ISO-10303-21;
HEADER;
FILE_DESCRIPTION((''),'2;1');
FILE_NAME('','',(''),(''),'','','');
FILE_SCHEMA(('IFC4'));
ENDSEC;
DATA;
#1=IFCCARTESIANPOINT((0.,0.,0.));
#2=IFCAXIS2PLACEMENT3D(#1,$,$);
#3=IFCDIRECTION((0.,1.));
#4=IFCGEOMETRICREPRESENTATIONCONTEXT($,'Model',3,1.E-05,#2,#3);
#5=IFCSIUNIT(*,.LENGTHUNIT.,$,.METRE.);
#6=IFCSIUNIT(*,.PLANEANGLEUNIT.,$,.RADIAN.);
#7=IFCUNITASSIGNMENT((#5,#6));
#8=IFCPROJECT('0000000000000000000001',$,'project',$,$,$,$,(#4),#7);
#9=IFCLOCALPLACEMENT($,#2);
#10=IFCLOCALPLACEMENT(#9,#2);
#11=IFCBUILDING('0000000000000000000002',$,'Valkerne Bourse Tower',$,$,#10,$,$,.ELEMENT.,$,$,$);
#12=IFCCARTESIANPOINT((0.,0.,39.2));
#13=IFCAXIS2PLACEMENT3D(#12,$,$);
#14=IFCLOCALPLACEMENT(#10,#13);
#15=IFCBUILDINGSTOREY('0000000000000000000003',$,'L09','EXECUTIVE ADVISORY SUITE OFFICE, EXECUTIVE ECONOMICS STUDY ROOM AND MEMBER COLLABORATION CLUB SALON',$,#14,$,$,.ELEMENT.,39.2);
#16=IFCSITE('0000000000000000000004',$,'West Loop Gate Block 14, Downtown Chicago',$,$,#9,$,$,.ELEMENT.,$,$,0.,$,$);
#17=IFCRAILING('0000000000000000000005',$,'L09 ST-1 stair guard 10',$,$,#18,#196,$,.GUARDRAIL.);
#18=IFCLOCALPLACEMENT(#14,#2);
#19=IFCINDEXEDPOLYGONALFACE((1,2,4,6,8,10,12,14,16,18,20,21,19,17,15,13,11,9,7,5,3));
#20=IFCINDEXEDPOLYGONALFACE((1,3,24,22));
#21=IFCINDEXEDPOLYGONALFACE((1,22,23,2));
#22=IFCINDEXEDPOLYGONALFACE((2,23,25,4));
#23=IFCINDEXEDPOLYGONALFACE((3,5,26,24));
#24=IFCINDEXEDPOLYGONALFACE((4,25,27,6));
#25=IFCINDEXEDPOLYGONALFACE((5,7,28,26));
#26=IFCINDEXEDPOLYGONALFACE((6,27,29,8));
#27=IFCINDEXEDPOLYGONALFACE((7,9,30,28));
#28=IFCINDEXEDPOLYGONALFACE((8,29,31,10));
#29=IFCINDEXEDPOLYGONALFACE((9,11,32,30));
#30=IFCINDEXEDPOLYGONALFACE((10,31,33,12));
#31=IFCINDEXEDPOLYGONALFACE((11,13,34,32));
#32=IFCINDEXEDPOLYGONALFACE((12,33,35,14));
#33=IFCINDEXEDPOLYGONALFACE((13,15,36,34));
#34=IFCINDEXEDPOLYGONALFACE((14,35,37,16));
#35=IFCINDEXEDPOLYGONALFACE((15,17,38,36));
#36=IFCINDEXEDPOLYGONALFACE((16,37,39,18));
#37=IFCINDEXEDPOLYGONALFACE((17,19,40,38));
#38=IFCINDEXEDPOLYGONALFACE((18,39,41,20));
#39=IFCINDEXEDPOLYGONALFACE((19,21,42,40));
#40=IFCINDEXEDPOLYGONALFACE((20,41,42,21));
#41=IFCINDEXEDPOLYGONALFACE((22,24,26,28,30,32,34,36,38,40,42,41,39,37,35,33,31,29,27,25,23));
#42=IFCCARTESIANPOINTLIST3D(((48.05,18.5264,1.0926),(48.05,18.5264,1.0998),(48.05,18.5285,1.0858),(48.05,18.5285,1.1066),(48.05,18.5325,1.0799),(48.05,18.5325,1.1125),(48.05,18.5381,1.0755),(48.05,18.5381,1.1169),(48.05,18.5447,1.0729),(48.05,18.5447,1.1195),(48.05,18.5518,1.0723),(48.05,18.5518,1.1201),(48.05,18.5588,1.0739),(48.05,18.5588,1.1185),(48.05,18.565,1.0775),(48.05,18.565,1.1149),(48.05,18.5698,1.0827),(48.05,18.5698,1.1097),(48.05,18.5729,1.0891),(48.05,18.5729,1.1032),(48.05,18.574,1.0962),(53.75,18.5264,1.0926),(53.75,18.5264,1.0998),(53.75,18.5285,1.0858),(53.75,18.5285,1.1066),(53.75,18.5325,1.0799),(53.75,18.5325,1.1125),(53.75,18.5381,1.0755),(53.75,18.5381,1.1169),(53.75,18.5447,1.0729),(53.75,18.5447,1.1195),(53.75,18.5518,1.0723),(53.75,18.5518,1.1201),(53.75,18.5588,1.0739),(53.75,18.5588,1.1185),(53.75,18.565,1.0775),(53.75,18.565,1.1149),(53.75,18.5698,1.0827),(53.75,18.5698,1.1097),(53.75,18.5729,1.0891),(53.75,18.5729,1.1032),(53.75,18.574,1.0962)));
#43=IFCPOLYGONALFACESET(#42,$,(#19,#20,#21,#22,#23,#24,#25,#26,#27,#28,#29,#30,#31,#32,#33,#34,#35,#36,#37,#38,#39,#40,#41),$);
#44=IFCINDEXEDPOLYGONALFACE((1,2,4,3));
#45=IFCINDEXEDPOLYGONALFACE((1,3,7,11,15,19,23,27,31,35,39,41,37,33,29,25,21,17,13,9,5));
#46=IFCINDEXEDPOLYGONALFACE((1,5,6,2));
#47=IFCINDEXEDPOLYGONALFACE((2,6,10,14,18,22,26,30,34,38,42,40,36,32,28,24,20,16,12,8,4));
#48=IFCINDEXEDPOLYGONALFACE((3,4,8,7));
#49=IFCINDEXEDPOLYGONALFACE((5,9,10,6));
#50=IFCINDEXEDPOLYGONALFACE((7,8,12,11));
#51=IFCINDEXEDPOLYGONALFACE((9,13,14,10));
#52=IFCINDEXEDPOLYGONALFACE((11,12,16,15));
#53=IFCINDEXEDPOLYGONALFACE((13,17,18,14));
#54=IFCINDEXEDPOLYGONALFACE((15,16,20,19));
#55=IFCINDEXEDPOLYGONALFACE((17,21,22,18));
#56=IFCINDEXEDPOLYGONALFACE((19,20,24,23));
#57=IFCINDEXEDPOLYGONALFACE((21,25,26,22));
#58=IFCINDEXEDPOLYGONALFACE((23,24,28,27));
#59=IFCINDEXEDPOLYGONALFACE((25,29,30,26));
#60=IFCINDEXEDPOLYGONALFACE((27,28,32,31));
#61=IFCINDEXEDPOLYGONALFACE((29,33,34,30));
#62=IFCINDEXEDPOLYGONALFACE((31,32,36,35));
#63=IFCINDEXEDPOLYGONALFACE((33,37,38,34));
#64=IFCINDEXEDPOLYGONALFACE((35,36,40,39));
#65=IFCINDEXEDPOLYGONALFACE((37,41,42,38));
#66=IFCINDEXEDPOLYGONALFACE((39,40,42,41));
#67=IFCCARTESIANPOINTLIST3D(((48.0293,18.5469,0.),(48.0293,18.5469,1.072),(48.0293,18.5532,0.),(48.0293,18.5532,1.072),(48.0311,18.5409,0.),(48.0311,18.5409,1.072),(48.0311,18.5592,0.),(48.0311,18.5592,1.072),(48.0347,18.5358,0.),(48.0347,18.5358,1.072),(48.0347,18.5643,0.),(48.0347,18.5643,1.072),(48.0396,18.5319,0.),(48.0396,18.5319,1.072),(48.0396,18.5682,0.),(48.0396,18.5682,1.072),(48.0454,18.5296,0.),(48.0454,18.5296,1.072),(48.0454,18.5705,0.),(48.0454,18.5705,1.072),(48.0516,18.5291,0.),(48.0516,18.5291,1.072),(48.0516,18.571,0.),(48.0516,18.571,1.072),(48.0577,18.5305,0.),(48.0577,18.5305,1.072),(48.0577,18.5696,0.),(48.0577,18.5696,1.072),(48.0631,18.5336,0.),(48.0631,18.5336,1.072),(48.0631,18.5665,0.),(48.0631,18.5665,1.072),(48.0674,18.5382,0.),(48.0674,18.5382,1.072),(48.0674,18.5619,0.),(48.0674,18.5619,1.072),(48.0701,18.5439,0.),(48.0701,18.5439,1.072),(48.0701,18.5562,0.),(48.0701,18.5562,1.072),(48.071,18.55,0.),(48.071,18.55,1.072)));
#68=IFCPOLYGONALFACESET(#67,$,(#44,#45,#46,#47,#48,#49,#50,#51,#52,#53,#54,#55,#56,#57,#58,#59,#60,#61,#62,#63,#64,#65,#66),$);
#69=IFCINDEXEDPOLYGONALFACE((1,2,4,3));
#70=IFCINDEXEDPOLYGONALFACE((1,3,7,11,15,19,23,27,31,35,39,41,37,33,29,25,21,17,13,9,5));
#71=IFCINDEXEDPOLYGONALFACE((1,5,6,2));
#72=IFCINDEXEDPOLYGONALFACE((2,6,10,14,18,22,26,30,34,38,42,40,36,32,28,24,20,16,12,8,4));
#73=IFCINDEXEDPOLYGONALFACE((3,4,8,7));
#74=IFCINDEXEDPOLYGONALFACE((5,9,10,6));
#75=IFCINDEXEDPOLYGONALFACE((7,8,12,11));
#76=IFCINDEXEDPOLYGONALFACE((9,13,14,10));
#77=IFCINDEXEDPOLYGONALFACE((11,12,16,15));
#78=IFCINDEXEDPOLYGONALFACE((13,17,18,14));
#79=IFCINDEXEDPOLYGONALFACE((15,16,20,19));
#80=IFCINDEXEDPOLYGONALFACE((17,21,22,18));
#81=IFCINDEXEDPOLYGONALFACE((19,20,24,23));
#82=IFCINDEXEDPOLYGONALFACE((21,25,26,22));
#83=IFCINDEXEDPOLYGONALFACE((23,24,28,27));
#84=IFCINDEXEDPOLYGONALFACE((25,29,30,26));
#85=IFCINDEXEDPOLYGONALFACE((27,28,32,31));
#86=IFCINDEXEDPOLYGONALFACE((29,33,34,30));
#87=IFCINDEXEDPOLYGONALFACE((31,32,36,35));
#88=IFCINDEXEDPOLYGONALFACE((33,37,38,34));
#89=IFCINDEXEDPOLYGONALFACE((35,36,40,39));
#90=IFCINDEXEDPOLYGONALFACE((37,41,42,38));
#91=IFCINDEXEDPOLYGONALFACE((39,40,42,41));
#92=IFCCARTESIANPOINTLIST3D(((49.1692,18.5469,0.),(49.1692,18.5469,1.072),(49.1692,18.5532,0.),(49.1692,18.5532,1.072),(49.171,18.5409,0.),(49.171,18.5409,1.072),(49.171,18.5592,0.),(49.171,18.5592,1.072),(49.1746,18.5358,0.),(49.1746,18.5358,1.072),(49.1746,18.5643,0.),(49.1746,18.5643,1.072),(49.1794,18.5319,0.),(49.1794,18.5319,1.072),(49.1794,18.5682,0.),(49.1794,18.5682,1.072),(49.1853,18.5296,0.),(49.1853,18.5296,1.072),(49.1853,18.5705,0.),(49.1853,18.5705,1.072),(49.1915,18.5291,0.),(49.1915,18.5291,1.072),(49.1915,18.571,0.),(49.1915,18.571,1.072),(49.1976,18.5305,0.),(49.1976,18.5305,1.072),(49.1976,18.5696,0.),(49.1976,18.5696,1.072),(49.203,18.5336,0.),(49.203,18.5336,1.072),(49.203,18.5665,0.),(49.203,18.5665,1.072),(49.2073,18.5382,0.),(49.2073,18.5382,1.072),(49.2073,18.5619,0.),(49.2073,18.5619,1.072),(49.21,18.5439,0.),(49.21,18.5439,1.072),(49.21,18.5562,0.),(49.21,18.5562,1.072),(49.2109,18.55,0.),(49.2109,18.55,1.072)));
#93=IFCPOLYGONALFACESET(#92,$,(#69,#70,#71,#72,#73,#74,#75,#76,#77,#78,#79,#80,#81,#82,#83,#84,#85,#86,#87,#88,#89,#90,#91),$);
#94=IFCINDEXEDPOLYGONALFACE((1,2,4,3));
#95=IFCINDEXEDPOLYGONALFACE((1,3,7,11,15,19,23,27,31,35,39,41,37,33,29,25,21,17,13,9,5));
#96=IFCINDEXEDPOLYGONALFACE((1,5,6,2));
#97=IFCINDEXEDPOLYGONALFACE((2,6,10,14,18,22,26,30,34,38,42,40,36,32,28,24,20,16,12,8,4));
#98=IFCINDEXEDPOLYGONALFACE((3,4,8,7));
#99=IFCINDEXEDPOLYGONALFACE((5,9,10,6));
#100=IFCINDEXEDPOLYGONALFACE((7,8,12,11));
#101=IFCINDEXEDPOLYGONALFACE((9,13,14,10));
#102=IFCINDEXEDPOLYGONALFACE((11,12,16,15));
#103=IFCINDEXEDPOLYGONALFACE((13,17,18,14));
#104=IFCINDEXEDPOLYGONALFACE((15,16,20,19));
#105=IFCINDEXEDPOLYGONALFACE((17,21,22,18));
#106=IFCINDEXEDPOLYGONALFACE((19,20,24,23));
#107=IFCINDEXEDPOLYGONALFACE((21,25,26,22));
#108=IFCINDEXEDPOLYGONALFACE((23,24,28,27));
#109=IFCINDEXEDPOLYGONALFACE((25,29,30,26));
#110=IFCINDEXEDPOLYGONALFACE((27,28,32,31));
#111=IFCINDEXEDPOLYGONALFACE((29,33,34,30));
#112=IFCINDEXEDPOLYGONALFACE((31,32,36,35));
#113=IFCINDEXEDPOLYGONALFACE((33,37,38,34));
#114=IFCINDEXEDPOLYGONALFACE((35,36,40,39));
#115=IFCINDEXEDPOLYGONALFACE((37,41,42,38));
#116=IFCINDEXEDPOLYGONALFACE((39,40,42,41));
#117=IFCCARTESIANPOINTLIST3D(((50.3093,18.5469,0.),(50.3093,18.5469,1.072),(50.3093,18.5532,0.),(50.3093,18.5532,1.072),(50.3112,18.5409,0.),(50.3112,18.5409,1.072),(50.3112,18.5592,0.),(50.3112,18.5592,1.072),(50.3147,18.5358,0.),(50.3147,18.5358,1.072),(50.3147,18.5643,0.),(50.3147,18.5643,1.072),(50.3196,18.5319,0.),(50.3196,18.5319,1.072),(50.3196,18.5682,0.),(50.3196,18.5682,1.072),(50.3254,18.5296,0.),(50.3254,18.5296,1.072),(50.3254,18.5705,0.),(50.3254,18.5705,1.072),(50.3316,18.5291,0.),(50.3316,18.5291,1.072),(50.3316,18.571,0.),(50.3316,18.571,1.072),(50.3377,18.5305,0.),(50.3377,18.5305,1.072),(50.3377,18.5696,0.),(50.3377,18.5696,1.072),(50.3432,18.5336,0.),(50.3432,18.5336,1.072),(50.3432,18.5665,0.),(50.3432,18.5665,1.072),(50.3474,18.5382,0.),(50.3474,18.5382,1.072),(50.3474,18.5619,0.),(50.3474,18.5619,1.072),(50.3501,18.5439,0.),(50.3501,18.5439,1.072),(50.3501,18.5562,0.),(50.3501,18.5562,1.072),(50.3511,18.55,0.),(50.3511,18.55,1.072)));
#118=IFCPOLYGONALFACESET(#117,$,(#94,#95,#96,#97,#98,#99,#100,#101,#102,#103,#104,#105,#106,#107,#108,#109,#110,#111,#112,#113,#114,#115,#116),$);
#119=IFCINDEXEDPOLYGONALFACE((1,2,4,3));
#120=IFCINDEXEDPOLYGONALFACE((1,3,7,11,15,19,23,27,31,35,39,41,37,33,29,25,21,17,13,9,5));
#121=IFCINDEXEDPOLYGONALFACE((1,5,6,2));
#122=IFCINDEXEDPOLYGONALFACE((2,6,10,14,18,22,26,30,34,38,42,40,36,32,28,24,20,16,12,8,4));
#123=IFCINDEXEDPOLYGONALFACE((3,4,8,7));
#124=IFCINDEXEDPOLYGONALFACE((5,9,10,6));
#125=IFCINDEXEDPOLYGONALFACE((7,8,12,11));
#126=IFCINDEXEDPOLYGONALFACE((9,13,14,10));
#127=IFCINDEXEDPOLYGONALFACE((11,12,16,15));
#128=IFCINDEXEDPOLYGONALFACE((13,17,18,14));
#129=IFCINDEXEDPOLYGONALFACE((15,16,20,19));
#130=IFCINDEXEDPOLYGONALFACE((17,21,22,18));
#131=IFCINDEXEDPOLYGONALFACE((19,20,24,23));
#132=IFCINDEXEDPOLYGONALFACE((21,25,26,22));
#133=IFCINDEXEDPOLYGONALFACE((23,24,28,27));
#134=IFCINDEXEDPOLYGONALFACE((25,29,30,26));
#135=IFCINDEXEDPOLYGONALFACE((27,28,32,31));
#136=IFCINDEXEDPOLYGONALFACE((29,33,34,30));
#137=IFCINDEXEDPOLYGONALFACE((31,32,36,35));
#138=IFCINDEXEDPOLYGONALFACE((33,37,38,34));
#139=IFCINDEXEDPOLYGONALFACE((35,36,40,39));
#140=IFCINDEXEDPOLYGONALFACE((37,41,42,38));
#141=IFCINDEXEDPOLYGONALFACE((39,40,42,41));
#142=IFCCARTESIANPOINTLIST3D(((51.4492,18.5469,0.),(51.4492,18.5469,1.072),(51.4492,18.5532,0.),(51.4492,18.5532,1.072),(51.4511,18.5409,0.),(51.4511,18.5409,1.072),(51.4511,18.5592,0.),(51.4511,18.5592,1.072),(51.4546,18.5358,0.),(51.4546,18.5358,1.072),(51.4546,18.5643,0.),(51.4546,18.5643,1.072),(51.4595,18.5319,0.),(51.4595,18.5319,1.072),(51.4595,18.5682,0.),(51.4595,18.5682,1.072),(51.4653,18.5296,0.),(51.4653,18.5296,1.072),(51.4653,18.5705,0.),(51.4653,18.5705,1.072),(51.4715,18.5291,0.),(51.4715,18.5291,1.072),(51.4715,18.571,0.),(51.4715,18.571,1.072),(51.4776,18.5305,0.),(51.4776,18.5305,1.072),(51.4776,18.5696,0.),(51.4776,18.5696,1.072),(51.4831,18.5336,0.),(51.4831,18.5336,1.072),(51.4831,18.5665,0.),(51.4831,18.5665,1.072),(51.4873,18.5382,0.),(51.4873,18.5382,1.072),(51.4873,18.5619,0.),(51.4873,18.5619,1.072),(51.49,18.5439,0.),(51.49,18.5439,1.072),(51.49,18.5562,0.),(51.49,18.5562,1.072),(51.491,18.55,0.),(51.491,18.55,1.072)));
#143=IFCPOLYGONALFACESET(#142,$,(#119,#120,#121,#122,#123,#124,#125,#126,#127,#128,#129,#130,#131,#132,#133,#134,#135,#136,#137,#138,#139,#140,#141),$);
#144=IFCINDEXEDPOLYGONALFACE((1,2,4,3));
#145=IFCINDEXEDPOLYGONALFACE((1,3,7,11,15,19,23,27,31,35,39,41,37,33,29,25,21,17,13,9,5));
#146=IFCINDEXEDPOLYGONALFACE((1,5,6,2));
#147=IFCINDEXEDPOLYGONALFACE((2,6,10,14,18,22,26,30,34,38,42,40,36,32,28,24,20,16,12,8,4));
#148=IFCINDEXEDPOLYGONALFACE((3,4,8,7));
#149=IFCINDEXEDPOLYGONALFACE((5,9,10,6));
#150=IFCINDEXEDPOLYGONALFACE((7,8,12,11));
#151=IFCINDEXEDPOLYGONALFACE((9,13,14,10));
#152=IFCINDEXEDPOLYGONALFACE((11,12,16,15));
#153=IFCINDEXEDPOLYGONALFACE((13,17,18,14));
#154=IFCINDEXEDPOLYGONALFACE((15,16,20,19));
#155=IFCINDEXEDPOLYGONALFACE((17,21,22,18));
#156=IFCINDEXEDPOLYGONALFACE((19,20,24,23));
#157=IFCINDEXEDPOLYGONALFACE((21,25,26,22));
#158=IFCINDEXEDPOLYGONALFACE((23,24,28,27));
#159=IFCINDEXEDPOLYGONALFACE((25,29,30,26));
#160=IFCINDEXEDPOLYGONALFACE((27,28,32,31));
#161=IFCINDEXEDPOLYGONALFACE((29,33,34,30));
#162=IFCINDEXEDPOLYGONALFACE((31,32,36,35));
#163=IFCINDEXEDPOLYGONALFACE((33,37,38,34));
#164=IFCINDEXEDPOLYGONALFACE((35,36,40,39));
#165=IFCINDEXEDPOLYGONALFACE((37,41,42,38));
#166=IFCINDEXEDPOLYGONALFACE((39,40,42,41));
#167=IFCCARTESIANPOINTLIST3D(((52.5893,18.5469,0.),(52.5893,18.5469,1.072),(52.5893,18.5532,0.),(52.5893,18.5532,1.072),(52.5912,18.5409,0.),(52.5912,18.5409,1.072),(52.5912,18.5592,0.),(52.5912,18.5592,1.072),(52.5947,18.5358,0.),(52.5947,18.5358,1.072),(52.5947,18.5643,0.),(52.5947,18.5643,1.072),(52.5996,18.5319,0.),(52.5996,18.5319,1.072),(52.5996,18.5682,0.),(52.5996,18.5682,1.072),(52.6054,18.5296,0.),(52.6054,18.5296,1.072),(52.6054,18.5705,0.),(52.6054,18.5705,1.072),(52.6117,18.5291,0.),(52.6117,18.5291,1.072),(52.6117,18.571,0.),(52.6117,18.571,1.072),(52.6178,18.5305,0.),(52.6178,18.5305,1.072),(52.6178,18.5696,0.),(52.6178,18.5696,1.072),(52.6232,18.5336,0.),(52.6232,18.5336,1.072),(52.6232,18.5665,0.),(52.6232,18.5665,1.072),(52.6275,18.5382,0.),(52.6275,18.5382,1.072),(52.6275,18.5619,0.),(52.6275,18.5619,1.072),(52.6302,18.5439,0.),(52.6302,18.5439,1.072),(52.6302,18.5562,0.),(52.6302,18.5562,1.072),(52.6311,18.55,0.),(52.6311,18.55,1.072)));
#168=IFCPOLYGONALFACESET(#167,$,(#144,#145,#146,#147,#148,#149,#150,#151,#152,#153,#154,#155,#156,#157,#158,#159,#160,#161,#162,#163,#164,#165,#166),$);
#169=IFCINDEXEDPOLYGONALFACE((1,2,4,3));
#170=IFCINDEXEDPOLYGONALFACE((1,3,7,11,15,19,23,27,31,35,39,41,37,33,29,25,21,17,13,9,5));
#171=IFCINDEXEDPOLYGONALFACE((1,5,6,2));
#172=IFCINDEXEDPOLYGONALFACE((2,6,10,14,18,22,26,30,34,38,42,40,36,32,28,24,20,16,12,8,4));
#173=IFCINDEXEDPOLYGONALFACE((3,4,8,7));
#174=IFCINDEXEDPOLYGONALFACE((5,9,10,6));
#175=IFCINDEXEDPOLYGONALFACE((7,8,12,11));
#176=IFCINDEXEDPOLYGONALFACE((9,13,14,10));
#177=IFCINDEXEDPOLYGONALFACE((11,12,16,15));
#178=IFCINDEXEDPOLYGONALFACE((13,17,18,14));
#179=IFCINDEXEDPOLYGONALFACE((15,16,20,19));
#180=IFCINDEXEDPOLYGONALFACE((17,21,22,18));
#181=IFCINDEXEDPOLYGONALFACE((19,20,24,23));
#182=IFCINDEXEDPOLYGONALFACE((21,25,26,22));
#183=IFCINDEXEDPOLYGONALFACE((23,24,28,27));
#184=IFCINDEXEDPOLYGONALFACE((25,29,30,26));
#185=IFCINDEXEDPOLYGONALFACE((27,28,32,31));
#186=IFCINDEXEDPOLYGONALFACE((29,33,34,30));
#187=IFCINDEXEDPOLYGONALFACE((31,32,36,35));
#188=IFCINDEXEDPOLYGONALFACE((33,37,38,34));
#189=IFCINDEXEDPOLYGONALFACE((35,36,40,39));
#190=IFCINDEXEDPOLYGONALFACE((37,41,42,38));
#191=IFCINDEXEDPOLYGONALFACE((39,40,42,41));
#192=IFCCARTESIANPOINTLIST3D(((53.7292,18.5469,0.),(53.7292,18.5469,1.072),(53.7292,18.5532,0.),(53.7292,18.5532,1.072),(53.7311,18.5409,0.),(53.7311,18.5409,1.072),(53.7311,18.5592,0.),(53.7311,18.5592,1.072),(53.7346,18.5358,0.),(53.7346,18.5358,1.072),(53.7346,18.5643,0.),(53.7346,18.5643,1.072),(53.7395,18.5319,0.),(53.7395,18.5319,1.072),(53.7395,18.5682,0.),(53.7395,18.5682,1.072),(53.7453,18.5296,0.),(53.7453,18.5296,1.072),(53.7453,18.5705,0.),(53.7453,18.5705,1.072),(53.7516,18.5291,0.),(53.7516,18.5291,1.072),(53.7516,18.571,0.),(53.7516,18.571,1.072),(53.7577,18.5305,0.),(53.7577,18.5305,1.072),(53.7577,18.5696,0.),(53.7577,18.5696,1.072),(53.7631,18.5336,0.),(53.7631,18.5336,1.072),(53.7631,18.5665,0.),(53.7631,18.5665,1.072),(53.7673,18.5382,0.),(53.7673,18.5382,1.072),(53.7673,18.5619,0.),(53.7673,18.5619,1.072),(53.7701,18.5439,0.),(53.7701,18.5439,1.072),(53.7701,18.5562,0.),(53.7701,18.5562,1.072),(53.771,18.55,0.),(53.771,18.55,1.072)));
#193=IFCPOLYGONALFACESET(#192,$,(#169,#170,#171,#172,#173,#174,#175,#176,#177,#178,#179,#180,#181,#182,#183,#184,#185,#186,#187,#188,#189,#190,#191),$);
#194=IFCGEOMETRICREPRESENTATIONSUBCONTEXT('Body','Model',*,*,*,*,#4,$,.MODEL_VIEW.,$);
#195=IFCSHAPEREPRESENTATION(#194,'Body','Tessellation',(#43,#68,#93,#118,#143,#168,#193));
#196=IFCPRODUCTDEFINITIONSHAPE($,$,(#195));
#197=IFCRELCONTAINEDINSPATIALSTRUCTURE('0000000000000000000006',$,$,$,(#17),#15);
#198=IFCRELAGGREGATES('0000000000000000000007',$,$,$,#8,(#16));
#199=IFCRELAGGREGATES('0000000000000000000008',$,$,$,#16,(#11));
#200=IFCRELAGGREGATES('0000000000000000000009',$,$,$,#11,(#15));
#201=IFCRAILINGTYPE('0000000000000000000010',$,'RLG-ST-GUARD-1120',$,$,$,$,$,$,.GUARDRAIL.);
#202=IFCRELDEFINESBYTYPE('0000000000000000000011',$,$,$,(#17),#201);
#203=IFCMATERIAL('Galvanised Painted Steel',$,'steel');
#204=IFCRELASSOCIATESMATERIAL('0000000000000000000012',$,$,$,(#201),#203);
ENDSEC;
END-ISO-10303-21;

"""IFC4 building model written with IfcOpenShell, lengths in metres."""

from ifc_helpers import new_model, si_unit, direction, frame, origin, origin_2d, place, context, subcontext, project, spatial, circle, extrude, material, type_object, element, save


model = new_model("IFC4")

# Units and contexts
model_context = context("Model", 3, precision=1e-05, world=origin(), true_north=direction((0.0, 1.0)))
body_context = subcontext(model_context, "Body", "Model", "MODEL_VIEW")
ifc_project = project(units=[si_unit("LENGTHUNIT", "METRE"), si_unit("PLANEANGLEUNIT", "RADIAN")], contexts=[model_context])

# Site, building, storey
site_placement = place(None, origin())
site = spatial("IfcSite", under=ifc_project, at=site_placement, Name="West Loop Gate Block 14, Downtown Chicago", CompositionType="ELEMENT", RefElevation=0.0)
building_placement = place(site_placement, origin())
building = spatial("IfcBuilding", under=site, at=building_placement, Name="Valkerne Bourse Tower", CompositionType="ELEMENT")
storey_placement = place(building_placement, frame((0.0, 0.0, 39.2)))
storey = spatial("IfcBuildingStorey", under=building, at=storey_placement, Name="L09", Description="EXECUTIVE ADVISORY SUITE OFFICE, EXECUTIVE ECONOMICS STUDY ROOM AND MEMBER COLLABORATION CLUB SALON", CompositionType="ELEMENT", Elevation=39.2)

# Shared definitions
ifc_material_1 = material(Name="Galvanised Painted Steel", Category="steel")

# Railing
railing_type_1 = type_object("IfcRailingType", Name="RLG-ST-GUARD-1120", PredefinedType="GUARDRAIL", material=ifc_material_1)
railing_1_placement = place(storey_placement, frame((48.05, 18.55, 0.0)))
element("IfcRailing", 1, at=railing_1_placement, inside=storey, type_object=railing_type_1, Name="L09 ST-1 stair guard 10", PredefinedType="GUARDRAIL", context=body_context, shape_type="SweptSolid", body=[
    extrude(circle(Radius=0.0239, at=origin_2d()), frame((0.0, 0.0, 1.0962), z_axis=(1.0, 0.0, 0.0), x_axis=(0.0, 1.0, 0.0)), (0.0, 0.0, 1.0), 5.7),
    extrude(circle(Radius=0.021, at=origin_2d()), origin(), (0.0, 0.0, 1.0), 1.072),
    extrude(circle(Radius=0.021, at=origin_2d()), frame((1.1399, 0.0, 0.0)), (0.0, 0.0, 1.0), 1.072),
    extrude(circle(Radius=0.021, at=origin_2d()), frame((2.28, 0.0, 0.0)), (0.0, 0.0, 1.0), 1.072),
    extrude(circle(Radius=0.021, at=origin_2d()), frame((3.4199, 0.0, 0.0)), (0.0, 0.0, 1.0), 1.072),
    extrude(circle(Radius=0.021, at=origin_2d()), frame((4.5601, 0.0, 0.0)), (0.0, 0.0, 1.0), 1.072),
    extrude(circle(Radius=0.021, at=origin_2d()), frame((5.7, 0.0, 0.0)), (0.0, 0.0, 1.0), 1.072),
])

save(model, "model.ifc")
